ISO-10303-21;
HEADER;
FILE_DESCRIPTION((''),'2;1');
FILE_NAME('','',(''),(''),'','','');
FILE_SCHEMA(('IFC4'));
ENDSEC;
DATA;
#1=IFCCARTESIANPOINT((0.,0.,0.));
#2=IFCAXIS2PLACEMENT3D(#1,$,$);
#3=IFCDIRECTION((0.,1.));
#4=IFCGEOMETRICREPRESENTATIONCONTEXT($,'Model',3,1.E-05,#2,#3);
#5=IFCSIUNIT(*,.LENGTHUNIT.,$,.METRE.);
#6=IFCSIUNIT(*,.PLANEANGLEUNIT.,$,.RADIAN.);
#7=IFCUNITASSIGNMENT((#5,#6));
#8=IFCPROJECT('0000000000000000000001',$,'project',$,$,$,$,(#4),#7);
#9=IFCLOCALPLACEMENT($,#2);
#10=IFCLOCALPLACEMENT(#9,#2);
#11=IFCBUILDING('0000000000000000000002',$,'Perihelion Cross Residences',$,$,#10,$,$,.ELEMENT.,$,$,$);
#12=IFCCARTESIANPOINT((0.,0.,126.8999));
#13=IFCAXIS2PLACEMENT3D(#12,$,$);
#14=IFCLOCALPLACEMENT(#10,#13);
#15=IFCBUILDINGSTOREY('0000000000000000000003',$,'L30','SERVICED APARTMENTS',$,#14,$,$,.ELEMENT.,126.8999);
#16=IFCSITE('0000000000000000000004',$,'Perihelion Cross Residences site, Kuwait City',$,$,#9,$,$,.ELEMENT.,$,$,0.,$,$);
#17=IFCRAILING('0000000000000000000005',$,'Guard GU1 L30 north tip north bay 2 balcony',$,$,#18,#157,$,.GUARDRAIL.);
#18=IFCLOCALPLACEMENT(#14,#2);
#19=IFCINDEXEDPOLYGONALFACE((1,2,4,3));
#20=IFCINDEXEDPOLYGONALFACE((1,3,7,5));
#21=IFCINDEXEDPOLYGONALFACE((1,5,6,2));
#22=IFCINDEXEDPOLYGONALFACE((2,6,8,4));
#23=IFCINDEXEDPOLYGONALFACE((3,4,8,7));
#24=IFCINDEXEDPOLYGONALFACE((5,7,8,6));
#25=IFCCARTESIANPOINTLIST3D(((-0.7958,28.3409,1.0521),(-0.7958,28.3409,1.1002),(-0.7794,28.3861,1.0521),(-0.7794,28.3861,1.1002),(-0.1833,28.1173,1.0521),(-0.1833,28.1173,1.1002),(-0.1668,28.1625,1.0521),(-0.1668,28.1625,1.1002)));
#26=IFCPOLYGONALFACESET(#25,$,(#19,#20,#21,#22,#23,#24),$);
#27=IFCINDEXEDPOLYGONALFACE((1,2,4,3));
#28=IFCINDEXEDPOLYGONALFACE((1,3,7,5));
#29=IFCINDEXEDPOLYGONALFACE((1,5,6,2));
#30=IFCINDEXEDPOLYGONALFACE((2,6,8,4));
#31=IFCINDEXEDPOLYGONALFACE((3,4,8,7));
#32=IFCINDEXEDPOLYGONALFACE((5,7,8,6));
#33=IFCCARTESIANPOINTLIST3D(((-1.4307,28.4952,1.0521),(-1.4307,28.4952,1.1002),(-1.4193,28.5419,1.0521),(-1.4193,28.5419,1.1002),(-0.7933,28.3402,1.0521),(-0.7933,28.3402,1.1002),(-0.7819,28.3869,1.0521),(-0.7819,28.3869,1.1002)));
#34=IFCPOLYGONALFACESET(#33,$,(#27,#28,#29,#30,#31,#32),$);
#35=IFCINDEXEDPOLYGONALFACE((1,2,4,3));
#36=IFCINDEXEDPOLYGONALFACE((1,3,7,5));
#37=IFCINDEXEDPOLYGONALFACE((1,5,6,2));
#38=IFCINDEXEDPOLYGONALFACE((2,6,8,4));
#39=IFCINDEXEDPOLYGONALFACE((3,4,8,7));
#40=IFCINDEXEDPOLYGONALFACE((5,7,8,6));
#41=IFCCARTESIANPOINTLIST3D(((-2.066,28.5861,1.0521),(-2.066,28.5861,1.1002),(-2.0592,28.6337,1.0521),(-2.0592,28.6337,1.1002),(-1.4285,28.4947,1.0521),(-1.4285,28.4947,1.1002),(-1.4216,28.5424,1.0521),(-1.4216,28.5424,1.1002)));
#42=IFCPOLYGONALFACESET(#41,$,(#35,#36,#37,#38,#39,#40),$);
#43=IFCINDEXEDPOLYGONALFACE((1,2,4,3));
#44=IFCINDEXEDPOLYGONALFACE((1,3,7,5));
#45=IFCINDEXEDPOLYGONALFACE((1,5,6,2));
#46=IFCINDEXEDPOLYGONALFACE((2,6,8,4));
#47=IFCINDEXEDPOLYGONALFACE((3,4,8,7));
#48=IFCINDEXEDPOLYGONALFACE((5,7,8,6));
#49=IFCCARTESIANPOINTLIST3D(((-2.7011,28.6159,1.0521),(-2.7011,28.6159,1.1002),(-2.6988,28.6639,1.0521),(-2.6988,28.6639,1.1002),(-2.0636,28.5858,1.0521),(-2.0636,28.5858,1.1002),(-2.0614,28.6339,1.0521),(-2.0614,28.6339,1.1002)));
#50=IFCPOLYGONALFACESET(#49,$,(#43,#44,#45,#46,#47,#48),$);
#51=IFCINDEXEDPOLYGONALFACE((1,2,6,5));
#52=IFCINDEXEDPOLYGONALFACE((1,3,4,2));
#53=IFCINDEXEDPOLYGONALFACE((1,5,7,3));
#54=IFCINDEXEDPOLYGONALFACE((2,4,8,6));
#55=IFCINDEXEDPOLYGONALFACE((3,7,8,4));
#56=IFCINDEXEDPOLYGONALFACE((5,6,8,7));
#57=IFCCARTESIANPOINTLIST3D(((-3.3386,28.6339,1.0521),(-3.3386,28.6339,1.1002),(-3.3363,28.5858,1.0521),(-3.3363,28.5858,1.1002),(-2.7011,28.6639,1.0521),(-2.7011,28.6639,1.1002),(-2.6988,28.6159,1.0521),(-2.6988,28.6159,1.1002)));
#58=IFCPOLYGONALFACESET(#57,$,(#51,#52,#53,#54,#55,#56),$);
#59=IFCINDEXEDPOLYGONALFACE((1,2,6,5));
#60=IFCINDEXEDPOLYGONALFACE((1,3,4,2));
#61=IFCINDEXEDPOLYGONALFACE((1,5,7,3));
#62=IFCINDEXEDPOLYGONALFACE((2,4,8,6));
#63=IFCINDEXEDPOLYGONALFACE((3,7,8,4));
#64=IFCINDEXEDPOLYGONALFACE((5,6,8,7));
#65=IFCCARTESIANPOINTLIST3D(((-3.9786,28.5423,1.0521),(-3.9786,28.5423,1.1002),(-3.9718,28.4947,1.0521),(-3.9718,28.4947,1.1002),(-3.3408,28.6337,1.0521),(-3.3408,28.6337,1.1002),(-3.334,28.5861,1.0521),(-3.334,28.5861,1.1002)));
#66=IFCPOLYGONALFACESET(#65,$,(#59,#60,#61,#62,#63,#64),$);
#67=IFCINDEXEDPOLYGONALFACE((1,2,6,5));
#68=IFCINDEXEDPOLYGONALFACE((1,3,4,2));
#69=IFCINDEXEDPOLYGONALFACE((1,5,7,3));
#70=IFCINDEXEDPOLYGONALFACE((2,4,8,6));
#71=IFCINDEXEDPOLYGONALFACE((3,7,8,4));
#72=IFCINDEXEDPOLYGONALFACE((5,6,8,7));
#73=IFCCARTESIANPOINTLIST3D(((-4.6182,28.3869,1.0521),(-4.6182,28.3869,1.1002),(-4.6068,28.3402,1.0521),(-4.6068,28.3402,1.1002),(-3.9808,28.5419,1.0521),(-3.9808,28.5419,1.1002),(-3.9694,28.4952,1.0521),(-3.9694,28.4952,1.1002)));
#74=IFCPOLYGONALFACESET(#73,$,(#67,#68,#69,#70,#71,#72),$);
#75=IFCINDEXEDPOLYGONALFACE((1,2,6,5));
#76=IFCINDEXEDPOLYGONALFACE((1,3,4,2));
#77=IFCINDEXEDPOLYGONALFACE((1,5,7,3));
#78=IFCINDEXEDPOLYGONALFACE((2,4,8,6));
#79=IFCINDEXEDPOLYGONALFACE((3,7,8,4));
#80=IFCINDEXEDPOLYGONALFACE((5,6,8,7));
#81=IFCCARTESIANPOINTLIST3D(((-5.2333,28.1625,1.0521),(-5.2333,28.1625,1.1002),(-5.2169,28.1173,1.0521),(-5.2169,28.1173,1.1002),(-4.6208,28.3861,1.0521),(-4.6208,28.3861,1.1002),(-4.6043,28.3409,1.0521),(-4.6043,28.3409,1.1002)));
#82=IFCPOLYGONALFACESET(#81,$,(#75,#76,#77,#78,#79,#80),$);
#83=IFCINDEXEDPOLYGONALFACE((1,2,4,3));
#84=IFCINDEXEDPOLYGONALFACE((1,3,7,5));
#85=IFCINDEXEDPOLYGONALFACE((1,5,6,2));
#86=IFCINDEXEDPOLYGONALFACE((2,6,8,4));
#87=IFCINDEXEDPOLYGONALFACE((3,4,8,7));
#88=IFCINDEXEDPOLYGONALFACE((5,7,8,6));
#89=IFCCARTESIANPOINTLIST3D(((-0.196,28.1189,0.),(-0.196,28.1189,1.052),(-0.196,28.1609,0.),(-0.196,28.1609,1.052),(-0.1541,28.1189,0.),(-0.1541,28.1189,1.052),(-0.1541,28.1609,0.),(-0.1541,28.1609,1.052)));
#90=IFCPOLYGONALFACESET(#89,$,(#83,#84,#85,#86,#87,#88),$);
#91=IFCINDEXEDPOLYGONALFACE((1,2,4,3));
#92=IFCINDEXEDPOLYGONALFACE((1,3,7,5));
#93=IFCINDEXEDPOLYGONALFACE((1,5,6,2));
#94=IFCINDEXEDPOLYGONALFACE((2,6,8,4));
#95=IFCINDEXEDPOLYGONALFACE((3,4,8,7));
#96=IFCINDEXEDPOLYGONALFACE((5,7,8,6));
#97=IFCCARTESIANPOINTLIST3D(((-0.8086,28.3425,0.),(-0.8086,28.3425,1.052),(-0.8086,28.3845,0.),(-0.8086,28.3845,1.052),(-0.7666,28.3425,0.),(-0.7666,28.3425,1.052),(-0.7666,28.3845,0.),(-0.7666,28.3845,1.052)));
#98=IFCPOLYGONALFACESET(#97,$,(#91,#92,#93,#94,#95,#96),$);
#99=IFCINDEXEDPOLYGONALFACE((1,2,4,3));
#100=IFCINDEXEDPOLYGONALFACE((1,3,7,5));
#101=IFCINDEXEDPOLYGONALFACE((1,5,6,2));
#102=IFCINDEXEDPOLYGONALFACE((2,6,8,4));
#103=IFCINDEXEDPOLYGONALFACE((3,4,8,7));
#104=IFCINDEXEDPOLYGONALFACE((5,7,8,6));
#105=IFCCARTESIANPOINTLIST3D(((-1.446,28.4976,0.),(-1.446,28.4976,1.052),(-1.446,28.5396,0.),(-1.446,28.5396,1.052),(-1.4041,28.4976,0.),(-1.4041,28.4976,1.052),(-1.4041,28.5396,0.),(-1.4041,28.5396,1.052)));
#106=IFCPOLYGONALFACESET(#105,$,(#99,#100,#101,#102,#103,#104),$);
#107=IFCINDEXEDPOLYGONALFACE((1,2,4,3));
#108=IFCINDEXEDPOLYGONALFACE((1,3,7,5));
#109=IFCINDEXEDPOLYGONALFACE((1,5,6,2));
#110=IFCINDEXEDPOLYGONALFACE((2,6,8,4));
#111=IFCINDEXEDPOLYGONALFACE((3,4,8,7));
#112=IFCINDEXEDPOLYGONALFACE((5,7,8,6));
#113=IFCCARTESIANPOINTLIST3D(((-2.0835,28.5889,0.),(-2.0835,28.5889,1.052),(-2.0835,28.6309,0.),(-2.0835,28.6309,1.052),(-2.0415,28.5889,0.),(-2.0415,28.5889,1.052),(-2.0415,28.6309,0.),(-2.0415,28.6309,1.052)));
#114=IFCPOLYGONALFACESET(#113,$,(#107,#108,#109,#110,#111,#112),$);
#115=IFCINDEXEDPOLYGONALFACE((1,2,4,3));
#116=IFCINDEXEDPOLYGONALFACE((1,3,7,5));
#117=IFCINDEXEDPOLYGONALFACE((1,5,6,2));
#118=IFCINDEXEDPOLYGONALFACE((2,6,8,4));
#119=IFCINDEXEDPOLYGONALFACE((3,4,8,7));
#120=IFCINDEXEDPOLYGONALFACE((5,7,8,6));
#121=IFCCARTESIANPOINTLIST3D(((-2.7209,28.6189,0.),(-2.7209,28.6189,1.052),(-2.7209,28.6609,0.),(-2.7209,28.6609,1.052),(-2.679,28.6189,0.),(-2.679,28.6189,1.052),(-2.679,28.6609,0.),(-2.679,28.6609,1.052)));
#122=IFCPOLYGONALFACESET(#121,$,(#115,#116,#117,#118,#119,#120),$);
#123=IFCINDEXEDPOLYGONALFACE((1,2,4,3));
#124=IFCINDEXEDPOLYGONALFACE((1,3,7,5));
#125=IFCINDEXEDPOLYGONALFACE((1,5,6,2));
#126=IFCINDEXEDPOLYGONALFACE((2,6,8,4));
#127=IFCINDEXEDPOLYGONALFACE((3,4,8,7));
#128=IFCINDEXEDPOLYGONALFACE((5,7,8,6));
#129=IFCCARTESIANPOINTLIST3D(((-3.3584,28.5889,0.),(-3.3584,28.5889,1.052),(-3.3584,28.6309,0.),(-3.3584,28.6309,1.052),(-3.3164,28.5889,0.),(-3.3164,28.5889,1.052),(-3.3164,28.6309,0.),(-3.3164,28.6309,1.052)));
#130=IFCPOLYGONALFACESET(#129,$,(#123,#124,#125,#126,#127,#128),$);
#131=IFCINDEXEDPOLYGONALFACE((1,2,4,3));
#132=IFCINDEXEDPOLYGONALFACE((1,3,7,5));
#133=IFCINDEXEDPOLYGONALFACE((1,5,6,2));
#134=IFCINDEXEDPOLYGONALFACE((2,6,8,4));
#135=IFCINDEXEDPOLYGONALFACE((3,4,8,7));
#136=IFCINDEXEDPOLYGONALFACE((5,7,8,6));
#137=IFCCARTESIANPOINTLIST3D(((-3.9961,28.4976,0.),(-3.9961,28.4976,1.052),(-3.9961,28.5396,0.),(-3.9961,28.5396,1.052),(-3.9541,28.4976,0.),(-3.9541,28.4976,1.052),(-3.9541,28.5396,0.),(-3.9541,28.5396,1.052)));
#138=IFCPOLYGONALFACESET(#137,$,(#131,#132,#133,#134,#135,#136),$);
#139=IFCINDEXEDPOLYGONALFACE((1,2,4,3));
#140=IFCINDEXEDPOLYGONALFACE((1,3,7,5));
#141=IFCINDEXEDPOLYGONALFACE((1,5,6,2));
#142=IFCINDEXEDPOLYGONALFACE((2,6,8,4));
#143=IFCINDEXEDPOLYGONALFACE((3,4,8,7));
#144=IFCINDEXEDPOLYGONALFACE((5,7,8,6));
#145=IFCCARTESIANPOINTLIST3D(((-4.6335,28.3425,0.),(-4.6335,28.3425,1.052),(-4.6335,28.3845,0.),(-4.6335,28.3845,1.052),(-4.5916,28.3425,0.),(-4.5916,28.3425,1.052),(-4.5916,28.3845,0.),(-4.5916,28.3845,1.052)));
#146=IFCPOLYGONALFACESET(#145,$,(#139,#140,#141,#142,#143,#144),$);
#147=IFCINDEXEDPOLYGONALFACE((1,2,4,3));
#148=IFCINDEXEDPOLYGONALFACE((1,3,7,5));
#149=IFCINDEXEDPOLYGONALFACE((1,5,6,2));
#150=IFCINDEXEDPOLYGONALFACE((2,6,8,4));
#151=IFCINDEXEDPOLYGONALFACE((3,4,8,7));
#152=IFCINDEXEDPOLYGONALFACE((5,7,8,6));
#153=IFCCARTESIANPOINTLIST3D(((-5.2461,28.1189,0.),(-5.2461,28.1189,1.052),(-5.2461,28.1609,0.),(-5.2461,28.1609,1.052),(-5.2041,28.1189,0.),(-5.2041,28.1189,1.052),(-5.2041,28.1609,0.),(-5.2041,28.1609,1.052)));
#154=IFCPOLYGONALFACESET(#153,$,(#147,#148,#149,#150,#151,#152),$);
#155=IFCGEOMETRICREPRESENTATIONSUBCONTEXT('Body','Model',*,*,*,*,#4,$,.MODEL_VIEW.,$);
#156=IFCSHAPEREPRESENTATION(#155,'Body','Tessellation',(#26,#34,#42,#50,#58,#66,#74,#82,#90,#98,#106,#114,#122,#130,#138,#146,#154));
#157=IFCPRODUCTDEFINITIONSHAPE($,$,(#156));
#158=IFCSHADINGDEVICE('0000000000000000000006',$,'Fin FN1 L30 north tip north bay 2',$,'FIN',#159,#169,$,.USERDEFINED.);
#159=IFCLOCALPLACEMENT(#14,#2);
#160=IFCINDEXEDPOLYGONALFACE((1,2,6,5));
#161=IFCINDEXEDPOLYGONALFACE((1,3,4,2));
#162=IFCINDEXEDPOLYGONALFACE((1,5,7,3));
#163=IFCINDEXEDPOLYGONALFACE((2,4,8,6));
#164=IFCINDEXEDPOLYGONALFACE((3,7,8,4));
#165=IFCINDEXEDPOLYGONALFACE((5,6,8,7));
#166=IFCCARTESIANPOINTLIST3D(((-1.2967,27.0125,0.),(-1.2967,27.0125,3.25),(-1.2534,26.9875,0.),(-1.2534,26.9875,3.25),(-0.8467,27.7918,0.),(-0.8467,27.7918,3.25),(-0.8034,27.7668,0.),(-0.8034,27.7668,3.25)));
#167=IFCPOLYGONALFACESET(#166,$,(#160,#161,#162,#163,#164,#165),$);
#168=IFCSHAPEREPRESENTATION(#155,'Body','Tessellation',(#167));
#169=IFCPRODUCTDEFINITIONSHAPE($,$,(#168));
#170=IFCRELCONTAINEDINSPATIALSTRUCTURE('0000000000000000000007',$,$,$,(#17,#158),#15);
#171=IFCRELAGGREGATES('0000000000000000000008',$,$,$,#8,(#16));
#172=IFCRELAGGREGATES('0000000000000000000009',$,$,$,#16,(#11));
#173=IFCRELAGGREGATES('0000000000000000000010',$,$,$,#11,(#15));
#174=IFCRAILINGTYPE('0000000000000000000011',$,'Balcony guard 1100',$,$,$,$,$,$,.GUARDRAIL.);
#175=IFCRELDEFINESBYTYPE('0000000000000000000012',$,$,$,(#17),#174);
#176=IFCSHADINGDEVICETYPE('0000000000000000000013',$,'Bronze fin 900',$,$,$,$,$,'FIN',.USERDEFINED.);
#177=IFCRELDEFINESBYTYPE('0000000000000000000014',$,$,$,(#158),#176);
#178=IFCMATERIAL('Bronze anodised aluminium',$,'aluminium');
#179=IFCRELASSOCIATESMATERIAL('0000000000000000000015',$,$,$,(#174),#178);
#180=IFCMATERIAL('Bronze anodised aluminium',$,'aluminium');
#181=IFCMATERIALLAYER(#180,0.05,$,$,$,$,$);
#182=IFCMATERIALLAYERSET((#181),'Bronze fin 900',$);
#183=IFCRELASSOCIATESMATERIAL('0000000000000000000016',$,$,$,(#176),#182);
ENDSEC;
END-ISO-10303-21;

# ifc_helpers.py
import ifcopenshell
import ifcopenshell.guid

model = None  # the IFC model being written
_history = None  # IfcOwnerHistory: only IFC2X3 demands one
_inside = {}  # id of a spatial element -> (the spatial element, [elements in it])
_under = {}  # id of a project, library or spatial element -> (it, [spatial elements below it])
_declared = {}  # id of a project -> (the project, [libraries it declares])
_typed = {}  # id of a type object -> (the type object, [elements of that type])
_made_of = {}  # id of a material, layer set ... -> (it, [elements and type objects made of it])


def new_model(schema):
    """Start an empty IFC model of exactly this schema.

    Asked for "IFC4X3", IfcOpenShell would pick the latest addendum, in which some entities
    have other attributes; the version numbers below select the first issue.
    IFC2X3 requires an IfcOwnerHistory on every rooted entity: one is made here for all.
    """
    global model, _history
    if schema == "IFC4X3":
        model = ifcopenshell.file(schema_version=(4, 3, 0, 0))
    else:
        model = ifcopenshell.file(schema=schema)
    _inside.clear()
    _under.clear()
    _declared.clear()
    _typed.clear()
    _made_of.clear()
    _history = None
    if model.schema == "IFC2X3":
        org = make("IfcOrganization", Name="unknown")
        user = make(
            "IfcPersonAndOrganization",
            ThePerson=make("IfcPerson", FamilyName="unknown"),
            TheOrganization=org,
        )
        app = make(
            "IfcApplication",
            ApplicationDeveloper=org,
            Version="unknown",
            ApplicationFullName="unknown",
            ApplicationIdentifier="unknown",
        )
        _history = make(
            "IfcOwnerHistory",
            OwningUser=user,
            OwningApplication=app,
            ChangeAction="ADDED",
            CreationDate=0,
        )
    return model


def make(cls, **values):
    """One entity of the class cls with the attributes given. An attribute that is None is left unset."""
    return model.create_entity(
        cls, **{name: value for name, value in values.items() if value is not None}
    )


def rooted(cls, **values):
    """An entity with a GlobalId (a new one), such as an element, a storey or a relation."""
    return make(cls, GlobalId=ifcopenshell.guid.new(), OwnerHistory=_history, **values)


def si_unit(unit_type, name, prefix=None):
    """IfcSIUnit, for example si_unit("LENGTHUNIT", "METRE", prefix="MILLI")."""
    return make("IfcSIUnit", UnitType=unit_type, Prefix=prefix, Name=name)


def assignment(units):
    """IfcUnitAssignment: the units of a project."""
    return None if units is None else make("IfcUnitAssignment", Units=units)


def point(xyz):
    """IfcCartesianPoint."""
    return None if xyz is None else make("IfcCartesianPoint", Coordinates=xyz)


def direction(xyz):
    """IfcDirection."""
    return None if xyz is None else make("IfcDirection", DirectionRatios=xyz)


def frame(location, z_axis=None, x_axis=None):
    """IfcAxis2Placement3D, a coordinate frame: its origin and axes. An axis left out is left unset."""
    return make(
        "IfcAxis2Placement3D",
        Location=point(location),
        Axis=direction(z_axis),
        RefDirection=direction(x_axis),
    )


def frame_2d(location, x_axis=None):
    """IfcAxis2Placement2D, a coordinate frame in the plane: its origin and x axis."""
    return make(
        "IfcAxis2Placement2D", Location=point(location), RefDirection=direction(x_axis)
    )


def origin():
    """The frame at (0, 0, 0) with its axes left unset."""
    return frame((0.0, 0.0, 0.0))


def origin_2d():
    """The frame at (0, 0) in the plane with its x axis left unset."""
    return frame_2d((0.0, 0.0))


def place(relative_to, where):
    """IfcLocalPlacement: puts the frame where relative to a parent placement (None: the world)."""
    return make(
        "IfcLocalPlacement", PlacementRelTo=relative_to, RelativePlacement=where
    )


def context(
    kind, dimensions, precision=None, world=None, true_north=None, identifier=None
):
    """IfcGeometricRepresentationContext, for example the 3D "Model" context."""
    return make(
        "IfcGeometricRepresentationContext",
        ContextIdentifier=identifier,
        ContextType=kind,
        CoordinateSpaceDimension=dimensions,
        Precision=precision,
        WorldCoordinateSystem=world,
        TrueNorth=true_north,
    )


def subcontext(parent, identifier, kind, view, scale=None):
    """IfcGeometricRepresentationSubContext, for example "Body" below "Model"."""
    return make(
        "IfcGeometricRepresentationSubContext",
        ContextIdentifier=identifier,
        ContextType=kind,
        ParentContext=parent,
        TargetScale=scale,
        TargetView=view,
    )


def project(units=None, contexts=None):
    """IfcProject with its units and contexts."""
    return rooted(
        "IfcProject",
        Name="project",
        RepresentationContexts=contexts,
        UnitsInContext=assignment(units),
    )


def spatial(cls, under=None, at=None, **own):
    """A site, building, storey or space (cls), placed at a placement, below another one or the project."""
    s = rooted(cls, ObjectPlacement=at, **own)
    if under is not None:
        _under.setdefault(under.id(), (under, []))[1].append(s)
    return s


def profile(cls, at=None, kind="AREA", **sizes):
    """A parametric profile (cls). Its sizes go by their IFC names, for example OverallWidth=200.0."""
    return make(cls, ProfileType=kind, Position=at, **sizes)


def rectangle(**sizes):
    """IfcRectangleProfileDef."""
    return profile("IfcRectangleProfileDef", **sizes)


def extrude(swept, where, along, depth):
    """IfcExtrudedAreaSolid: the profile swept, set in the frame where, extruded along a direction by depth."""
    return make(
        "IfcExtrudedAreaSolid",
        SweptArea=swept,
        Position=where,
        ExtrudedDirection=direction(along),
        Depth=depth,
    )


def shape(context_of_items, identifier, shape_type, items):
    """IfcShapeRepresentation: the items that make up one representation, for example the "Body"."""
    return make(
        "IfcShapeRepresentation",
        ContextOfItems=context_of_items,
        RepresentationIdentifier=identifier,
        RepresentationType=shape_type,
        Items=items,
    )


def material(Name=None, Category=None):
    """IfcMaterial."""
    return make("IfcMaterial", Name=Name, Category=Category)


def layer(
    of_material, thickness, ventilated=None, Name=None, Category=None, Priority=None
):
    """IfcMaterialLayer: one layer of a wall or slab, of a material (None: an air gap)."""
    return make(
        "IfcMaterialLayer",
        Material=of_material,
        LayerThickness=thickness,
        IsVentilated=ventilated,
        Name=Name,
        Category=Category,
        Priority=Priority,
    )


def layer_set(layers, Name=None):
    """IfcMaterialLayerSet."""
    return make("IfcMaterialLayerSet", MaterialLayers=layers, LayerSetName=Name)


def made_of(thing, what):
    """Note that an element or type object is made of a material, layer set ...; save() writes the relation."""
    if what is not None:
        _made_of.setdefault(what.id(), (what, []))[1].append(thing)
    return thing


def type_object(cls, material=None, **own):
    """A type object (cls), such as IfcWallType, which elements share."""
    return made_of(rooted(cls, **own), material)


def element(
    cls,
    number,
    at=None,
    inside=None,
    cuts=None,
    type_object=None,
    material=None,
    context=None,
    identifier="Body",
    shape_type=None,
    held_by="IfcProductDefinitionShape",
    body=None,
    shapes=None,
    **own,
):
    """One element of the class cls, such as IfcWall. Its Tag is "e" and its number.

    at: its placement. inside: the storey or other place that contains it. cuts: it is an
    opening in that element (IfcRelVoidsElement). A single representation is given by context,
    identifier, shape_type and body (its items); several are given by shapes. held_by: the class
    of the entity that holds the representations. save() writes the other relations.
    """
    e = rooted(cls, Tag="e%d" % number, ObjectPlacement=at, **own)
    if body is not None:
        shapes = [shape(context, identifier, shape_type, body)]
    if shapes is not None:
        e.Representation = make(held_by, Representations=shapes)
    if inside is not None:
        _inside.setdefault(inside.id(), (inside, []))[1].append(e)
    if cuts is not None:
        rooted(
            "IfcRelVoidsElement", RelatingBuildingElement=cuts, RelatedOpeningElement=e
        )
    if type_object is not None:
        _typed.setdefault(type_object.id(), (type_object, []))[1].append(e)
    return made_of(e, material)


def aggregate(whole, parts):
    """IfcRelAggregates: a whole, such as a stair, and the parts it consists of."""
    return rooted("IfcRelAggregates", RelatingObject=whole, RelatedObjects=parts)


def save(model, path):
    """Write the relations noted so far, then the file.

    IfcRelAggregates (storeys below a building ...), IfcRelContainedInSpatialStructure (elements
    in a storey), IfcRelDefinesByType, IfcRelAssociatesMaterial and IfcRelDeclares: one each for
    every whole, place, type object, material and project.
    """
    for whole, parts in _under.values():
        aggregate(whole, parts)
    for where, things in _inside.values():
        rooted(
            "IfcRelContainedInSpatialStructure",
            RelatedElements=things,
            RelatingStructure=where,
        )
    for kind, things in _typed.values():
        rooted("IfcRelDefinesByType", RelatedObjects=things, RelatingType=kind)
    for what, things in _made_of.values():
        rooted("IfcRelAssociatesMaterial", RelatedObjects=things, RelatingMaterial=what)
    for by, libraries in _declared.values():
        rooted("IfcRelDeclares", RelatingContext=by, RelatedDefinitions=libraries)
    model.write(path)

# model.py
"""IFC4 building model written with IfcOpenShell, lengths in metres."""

from ifc_helpers import new_model, si_unit, direction, frame, origin, origin_2d, place, context, subcontext, project, spatial, rectangle, extrude, material, layer, layer_set, type_object, element, save


model = new_model("IFC4")

# Units and contexts
model_context = context("Model", 3, precision=1e-05, world=origin(), true_north=direction((0.0, 1.0)))
body_context = subcontext(model_context, "Body", "Model", "MODEL_VIEW")
ifc_project = project(units=[si_unit("LENGTHUNIT", "METRE"), si_unit("PLANEANGLEUNIT", "RADIAN")], contexts=[model_context])

# Site, building, storey
site_placement = place(None, origin())
site = spatial("IfcSite", under=ifc_project, at=site_placement, Name="Perihelion Cross Residences site, Kuwait City", CompositionType="ELEMENT", RefElevation=0.0)
building_placement = place(site_placement, origin())
building = spatial("IfcBuilding", under=site, at=building_placement, Name="Perihelion Cross Residences", CompositionType="ELEMENT")
storey_placement = place(building_placement, frame((0.0, 0.0, 126.8999)))
storey = spatial("IfcBuildingStorey", under=building, at=storey_placement, Name="L30", Description="SERVICED APARTMENTS", CompositionType="ELEMENT", Elevation=126.8999)

# Railing
ifc_material_1 = material(Name="Bronze anodised aluminium", Category="aluminium")
railing_type = type_object("IfcRailingType", Name="Balcony guard 1100", PredefinedType="GUARDRAIL", material=ifc_material_1)
railing_placement = place(storey_placement, frame((-0.175, 28.1399, 0.0)))
element("IfcRailing", 1, at=railing_placement, inside=storey, type_object=railing_type, Name="Guard GU1 L30 north tip north bay 2 balcony", PredefinedType="GUARDRAIL", context=body_context, shape_type="SweptSolid", body=[
    extrude(rectangle(XDim=0.0481, YDim=0.0481, at=origin_2d()), frame((0.0, 0.0, 1.0762), z_axis=(-0.939355, 0.342945, 0.0), x_axis=(-0.342945, -0.939355, 0.0)), (0.0, 0.0, 1.0), 0.6521),
    extrude(rectangle(XDim=0.0481, YDim=0.0481, at=origin_2d()), frame((-0.6125, 0.2236, 1.0762), z_axis=(-0.971677, 0.236314, 0.0), x_axis=(-0.236314, -0.971677, 0.0)), (0.0, 0.0, 1.0), 0.656),
    extrude(rectangle(XDim=0.0481, YDim=0.0481, at=origin_2d()), frame((-1.25, 0.3787, 1.0762), z_axis=(-0.989896, 0.141793, 0.0), x_axis=(-0.141793, -0.989896, 0.0)), (0.0, 0.0, 1.0), 0.644),
    extrude(rectangle(XDim=0.0481, YDim=0.0481, at=origin_2d()), frame((-1.8875, 0.47, 1.0762), z_axis=(-0.998892, 0.047056, 0.0), x_axis=(-0.047056, -0.998892, 0.0)), (0.0, 0.0, 1.0), 0.6382),
    extrude(rectangle(XDim=0.0481, YDim=0.0481, at=origin_2d()), frame((-2.5249, 0.5, 1.0762), z_axis=(-0.998892, -0.047056, 0.0), x_axis=(0.047056, -0.998892, 0.0)), (0.0, 0.0, 1.0), 0.6382),
    extrude(rectangle(XDim=0.0481, YDim=0.0481, at=origin_2d()), frame((-3.1624, 0.47, 1.0762), z_axis=(-0.989904, -0.14174, 0.0), x_axis=(0.14174, -0.989904, 0.0)), (0.0, 0.0, 1.0), 0.6443),
    extrude(rectangle(XDim=0.0481, YDim=0.0481, at=origin_2d()), frame((-3.8, 0.3787, 1.0762), z_axis=(-0.971677, -0.236314, 0.0), x_axis=(0.236314, -0.971677, 0.0)), (0.0, 0.0, 1.0), 0.656),
    extrude(rectangle(XDim=0.0481, YDim=0.0481, at=origin_2d()), frame((-4.4375, 0.2236, 1.0762), z_axis=(-0.939355, -0.342945, 0.0), x_axis=(0.342945, -0.939355, 0.0)), (0.0, 0.0, 1.0), 0.6521),
    extrude(rectangle(XDim=0.042, YDim=0.042, at=origin_2d()), origin(), (0.0, 0.0, 1.0), 1.052),
    extrude(rectangle(XDim=0.042, YDim=0.042, at=origin_2d()), frame((-0.6125, 0.2236, 0.0)), (0.0, 0.0, 1.0), 1.052),
    extrude(rectangle(XDim=0.042, YDim=0.042, at=origin_2d()), frame((-1.25, 0.3787, 0.0)), (0.0, 0.0, 1.0), 1.052),
    extrude(rectangle(XDim=0.042, YDim=0.042, at=origin_2d()), frame((-1.8875, 0.47, 0.0)), (0.0, 0.0, 1.0), 1.052),
    extrude(rectangle(XDim=0.042, YDim=0.042, at=origin_2d()), frame((-2.5249, 0.5, 0.0)), (0.0, 0.0, 1.0), 1.052),
    extrude(rectangle(XDim=0.042, YDim=0.042, at=origin_2d()), frame((-3.1624, 0.47, 0.0)), (0.0, 0.0, 1.0), 1.052),
    extrude(rectangle(XDim=0.042, YDim=0.042, at=origin_2d()), frame((-3.8, 0.3787, 0.0)), (0.0, 0.0, 1.0), 1.052),
    extrude(rectangle(XDim=0.042, YDim=0.042, at=origin_2d()), frame((-4.4375, 0.2236, 0.0)), (0.0, 0.0, 1.0), 1.052),
    extrude(rectangle(XDim=0.042, YDim=0.042, at=origin_2d()), frame((-5.05, 0.0, 0.0)), (0.0, 0.0, 1.0), 1.052),
])

# Shading device
ifc_material_2 = material(Name="Bronze anodised aluminium", Category="aluminium")
ifc_layer_1 = layer(ifc_material_2, 0.05)
ifc_layer_set_1 = layer_set([ifc_layer_1], Name="Bronze fin 900")
shading_device_type = type_object("IfcShadingDeviceType", Name="Bronze fin 900", ElementType="FIN", PredefinedType="USERDEFINED", material=ifc_layer_set_1)
shading_device_placement = place(storey_placement, frame((-1.05, 27.3896, 0.0), z_axis=(0.0, 0.0, 1.0), x_axis=(0.5, 0.866025, 0.0)))
element("IfcShadingDevice", 2, at=shading_device_placement, inside=storey, type_object=shading_device_type, Name="Fin FN1 L30 north tip north bay 2", ObjectType="FIN", PredefinedType="USERDEFINED", context=body_context, shape_type="SweptSolid", body=[
    extrude(rectangle(XDim=0.8999, YDim=0.05, at=origin_2d()), origin(), (0.0, 0.0, 1.0), 3.25),
])

save(model, "model.ifc")
